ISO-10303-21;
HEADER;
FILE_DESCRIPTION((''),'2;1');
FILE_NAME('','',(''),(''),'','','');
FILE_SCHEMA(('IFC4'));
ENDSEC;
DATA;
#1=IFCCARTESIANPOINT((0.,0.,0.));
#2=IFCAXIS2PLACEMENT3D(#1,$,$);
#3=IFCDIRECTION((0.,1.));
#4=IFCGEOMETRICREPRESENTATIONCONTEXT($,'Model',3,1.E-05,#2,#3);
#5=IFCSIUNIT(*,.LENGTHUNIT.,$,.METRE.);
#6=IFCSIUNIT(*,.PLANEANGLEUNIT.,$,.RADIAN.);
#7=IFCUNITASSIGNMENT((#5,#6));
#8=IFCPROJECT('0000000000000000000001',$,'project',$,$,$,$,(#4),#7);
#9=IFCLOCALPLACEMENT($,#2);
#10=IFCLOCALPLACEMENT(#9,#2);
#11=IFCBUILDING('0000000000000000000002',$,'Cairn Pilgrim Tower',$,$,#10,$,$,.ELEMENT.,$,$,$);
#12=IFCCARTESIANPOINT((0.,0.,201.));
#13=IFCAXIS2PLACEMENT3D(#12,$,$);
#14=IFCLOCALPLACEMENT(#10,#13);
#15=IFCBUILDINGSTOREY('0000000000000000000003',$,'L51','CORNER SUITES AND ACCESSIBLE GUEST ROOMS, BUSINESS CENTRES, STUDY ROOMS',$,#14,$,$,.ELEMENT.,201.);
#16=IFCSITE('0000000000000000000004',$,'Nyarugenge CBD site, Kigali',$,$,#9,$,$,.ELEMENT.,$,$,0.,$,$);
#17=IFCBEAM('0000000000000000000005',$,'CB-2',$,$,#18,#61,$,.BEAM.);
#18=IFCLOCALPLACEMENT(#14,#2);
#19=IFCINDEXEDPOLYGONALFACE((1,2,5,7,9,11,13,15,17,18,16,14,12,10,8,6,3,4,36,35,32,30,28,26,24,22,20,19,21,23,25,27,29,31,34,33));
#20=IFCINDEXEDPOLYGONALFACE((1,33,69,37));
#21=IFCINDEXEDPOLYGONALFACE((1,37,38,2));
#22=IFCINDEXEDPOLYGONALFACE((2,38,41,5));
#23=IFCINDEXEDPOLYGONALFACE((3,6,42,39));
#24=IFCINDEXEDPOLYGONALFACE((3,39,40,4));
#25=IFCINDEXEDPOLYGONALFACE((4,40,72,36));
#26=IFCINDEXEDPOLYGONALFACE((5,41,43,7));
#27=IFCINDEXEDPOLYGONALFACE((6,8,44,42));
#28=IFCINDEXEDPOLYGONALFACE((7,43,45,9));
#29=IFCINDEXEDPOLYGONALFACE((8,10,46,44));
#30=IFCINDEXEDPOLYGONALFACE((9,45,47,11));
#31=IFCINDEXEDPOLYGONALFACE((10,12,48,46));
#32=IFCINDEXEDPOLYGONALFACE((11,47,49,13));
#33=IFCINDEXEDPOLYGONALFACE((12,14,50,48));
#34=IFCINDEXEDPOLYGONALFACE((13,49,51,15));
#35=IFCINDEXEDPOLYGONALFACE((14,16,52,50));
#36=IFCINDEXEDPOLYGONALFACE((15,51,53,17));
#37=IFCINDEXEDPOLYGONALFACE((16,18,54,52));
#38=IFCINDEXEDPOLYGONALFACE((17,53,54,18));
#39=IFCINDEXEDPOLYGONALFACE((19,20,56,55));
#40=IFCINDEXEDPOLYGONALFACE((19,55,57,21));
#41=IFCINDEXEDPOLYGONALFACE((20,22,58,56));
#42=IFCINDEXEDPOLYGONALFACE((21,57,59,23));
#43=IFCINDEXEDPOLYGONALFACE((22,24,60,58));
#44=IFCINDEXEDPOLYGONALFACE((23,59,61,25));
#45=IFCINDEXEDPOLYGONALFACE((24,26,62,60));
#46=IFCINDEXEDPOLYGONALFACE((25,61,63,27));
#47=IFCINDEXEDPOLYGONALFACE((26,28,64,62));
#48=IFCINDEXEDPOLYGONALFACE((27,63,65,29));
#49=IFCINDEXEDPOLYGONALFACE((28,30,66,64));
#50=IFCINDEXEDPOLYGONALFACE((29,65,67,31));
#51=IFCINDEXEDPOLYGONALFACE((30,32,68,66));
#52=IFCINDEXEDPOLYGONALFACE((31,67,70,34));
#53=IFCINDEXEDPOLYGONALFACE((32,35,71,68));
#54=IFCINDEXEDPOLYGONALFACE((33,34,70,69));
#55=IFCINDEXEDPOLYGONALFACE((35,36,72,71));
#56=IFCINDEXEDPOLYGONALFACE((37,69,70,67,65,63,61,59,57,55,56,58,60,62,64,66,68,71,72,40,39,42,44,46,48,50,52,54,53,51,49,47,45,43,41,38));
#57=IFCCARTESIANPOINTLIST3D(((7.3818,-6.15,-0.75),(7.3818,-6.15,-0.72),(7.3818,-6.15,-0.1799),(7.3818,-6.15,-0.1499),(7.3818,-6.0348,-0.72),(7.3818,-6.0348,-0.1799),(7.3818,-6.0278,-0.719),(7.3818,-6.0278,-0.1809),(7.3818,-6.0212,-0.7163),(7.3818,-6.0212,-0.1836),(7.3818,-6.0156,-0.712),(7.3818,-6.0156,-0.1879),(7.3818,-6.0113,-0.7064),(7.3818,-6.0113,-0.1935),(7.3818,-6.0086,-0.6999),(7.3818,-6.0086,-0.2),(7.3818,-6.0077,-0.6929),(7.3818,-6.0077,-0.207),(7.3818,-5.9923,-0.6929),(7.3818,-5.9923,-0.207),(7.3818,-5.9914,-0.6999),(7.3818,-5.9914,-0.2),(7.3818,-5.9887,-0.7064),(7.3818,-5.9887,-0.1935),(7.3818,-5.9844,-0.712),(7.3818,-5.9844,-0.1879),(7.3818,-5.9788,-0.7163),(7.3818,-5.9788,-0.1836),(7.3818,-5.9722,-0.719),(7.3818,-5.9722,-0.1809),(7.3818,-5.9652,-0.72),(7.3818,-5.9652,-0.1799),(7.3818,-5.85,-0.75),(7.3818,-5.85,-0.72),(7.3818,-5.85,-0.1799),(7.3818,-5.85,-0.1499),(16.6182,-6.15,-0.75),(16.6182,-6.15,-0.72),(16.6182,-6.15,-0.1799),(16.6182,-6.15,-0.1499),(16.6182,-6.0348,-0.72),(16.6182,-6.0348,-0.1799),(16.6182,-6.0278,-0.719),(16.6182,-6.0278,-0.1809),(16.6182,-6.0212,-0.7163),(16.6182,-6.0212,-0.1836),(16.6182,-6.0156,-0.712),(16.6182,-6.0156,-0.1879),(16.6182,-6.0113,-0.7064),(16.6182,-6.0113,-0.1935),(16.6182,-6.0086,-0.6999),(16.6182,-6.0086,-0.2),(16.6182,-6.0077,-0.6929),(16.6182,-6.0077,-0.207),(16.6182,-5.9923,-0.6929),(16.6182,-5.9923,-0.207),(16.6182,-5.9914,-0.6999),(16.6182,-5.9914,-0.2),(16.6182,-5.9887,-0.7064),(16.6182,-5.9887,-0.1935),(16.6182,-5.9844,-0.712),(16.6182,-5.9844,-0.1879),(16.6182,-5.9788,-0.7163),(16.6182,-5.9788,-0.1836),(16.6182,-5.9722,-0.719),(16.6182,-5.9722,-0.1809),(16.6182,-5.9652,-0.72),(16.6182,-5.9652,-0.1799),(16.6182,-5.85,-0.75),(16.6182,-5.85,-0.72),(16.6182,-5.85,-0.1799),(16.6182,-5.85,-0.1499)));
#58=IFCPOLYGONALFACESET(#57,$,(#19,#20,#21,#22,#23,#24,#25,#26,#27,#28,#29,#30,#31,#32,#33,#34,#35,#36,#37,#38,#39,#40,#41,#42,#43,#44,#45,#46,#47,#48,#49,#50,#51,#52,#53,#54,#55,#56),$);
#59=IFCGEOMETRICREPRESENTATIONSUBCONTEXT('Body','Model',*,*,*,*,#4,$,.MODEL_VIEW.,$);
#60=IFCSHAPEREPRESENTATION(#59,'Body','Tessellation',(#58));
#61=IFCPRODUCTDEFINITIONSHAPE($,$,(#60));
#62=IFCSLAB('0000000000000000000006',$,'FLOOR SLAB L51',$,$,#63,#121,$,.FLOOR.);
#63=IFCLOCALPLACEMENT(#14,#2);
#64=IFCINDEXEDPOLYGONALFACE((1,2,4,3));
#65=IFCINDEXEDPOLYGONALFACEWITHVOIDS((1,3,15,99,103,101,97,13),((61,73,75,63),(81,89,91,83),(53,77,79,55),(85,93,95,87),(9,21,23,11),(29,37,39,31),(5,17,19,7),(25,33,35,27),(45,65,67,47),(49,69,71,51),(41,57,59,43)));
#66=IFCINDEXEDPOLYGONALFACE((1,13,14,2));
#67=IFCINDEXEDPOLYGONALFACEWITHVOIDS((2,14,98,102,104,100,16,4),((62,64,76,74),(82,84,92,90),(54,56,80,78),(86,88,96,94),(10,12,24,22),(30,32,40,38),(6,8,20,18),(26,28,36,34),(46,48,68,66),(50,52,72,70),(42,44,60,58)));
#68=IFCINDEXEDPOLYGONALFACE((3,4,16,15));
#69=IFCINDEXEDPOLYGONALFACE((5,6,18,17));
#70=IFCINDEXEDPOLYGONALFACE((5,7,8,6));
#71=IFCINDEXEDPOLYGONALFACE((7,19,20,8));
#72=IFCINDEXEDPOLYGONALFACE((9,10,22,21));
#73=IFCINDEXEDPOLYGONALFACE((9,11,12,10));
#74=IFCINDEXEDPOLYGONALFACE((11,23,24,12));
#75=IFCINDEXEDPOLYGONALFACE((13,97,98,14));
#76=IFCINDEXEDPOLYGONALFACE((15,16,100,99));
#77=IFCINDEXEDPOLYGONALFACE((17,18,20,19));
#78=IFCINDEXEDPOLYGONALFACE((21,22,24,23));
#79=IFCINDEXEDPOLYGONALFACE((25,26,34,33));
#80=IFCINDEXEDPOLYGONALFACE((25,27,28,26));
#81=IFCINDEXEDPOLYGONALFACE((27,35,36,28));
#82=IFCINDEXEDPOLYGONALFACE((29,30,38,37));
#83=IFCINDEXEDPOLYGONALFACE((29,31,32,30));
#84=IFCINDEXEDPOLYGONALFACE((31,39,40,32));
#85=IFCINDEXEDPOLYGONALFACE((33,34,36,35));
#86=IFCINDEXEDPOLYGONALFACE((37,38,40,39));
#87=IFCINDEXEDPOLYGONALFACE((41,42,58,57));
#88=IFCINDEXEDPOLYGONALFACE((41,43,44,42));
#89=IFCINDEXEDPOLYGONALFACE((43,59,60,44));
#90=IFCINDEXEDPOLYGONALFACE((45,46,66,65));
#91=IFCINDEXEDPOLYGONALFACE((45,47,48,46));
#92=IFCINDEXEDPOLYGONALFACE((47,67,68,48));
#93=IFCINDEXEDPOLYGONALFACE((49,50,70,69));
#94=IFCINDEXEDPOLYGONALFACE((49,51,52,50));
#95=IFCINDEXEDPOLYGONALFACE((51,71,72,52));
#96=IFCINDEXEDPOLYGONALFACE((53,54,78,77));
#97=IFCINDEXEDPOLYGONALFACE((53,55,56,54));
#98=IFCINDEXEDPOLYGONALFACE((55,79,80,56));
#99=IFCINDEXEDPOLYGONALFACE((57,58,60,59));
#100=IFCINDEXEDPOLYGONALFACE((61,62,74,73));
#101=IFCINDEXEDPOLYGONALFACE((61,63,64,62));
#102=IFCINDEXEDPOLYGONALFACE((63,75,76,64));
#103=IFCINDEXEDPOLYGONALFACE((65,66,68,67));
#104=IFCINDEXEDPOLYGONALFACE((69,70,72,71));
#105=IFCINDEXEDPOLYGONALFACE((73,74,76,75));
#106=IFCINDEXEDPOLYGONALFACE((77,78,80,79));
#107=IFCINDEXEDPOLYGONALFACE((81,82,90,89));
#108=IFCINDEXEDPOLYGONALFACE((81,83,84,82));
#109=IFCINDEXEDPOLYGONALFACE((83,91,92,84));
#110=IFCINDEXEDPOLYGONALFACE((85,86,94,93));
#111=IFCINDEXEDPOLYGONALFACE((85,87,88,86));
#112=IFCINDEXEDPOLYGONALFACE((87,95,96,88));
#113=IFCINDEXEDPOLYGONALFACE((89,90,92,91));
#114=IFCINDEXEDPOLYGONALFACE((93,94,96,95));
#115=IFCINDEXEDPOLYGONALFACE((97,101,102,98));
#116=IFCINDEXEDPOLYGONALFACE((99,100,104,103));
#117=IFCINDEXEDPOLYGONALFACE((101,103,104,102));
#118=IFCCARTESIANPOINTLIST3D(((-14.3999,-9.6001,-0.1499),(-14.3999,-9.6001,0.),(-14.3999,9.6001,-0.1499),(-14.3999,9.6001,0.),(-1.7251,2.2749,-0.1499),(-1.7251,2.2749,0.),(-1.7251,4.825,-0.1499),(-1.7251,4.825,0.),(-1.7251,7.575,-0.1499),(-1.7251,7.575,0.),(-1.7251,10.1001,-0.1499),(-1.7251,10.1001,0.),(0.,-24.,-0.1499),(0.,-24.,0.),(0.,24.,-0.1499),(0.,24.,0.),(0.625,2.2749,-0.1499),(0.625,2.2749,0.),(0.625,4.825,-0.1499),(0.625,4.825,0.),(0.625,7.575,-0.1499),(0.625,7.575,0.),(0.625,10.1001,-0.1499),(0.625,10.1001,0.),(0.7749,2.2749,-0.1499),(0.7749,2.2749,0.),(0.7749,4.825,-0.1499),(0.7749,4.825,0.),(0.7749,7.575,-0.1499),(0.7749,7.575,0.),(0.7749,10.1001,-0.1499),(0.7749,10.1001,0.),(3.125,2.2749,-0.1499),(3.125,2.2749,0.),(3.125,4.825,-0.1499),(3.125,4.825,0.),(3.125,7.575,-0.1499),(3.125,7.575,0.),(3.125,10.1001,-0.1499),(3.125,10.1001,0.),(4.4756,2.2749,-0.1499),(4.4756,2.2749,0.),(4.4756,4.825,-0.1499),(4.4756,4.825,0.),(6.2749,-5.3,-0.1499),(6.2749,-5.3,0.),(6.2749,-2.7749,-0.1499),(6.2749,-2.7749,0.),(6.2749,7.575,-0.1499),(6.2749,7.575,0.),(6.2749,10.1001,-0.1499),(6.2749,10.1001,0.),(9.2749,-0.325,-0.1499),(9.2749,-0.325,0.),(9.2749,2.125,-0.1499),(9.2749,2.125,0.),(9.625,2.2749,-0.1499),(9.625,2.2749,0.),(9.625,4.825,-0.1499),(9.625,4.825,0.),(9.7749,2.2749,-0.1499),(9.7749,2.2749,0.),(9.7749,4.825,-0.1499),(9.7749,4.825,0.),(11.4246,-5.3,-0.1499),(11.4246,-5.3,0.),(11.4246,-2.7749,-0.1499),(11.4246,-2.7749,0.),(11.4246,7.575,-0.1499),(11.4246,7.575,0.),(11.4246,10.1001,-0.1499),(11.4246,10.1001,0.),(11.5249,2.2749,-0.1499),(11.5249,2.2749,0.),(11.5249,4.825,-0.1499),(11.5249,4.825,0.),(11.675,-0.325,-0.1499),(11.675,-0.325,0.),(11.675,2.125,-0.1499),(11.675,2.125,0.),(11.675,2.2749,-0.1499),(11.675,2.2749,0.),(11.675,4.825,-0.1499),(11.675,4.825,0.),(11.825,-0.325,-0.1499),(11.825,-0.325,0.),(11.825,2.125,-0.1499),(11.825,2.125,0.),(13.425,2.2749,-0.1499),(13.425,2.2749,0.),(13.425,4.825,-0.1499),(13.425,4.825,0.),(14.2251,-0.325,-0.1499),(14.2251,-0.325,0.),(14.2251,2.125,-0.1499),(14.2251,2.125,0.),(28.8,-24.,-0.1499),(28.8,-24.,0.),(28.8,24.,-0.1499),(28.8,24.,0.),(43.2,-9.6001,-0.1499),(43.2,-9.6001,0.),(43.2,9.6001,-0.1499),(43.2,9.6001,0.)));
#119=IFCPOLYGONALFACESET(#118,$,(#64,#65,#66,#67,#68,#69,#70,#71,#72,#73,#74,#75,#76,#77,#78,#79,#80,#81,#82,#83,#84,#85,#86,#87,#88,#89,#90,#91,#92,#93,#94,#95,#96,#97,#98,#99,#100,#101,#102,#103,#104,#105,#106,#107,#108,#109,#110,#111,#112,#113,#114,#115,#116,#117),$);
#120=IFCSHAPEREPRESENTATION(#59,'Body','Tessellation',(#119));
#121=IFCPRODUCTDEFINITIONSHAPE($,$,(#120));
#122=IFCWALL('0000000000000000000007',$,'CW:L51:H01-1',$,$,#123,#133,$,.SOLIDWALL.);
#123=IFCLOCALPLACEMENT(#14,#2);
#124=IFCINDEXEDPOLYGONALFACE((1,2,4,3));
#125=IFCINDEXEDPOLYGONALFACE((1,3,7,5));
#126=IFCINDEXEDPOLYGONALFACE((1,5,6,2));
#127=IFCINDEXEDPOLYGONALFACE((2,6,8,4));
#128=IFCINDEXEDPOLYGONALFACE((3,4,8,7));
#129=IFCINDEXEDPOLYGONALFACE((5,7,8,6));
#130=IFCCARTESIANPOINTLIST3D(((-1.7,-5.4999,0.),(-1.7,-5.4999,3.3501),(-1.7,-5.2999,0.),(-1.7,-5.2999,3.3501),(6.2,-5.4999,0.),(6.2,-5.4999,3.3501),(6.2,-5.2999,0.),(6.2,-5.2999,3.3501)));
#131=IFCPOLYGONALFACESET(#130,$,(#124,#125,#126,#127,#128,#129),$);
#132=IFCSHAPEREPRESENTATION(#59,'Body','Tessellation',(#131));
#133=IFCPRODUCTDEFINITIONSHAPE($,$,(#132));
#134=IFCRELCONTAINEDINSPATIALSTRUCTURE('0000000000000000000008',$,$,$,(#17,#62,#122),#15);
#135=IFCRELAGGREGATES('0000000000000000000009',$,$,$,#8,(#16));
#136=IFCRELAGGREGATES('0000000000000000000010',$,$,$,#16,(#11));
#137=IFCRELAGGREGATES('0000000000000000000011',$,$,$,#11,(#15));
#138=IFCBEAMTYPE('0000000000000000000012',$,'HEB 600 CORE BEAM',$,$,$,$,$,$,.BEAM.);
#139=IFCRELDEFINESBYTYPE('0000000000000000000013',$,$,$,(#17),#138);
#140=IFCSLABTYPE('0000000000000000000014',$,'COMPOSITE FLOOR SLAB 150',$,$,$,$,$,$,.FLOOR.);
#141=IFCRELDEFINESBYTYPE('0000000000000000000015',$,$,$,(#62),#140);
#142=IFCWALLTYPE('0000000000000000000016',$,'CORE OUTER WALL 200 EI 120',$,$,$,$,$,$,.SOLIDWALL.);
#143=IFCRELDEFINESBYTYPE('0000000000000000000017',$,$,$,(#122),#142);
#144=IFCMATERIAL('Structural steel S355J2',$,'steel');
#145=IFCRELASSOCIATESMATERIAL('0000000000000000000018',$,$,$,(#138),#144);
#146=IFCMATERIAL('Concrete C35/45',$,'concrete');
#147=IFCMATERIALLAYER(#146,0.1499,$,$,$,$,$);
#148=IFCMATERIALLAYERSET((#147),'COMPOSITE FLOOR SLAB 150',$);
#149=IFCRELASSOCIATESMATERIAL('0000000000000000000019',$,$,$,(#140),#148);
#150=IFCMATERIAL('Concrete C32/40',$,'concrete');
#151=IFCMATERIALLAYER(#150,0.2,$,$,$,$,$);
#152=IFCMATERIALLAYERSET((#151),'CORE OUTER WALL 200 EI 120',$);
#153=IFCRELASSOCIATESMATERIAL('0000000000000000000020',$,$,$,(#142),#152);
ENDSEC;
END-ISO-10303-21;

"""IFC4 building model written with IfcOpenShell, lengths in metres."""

from ifc_helpers import new_model, si_unit, direction, frame, frame_2d, origin, origin_2d, place, context, subcontext, project, spatial, polyline, rectangle, i_section, outline, extrude, material, layer, layer_set, material_profile, profile_set, type_object, element, save


model = new_model("IFC4")

# Units and contexts
model_context = context("Model", 3, precision=1e-05, world=origin(), true_north=direction((0.0, 1.0)))
body_context = subcontext(model_context, "Body", "Model", "MODEL_VIEW")
ifc_project = project(units=[si_unit("LENGTHUNIT", "METRE"), si_unit("PLANEANGLEUNIT", "RADIAN")], contexts=[model_context])

# Site, building, storey
site_placement = place(None, origin())
site = spatial("IfcSite", under=ifc_project, at=site_placement, Name="Nyarugenge CBD site, Kigali", CompositionType="ELEMENT", RefElevation=0.0)
building_placement = place(site_placement, origin())
building = spatial("IfcBuilding", under=site, at=building_placement, Name="Cairn Pilgrim Tower", CompositionType="ELEMENT")
storey_placement = place(building_placement, frame((0.0, 0.0, 201.0)))
storey = spatial("IfcBuildingStorey", under=building, at=storey_placement, Name="L51", Description="CORNER SUITES AND ACCESSIBLE GUEST ROOMS, BUSINESS CENTRES, STUDY ROOMS", CompositionType="ELEMENT", Elevation=201.0)

# Beam
ifc_material_1 = material(Name="Structural steel S355J2", Category="steel")
ifc_material_profile = material_profile(ifc_material_1, i_section(OverallWidth=0.3, OverallDepth=0.6001, WebThickness=0.0154, FlangeThickness=0.03, FilletRadius=0.0271, at=origin_2d()), Name="HEB 600")
ifc_profile_set = profile_set([ifc_material_profile], Name="Structural steel S355J2")
beam_type = type_object("IfcBeamType", Name="HEB 600 CORE BEAM", PredefinedType="BEAM", material=ifc_profile_set)
beam_placement = place(storey_placement, frame((7.3818, -6.0, -0.45), z_axis=(1.0, 0.0, 0.0), x_axis=(0.0, 1.0, 0.0)))
element("IfcBeam", 1, at=beam_placement, inside=storey, type_object=beam_type, Name="CB-2", PredefinedType="BEAM", context=body_context, shape_type="SweptSolid", body=[
    extrude(i_section(OverallWidth=0.3, OverallDepth=0.6001, WebThickness=0.0154, FlangeThickness=0.03, FilletRadius=0.0271, at=origin_2d()), origin(), (0.0, 0.0, 1.0), 9.2363),
])

# Slab
ifc_material_2 = material(Name="Concrete C35/45", Category="concrete")
ifc_layer_1 = layer(ifc_material_2, 0.1499)
ifc_layer_set_1 = layer_set([ifc_layer_1], Name="COMPOSITE FLOOR SLAB 150")
slab_type_1 = type_object("IfcSlabType", Name="COMPOSITE FLOOR SLAB 150", PredefinedType="FLOOR", material=ifc_layer_set_1)
slab_1_placement = place(storey_placement, frame((0.0, 0.0, -0.1499)))
element("IfcSlab", 2, at=slab_1_placement, inside=storey, type_object=slab_type_1, Name="FLOOR SLAB L51", PredefinedType="FLOOR", context=body_context, shape_type="SweptSolid", body=[
    extrude(outline(polyline([(0.0, -24.0), (28.8, -24.0), (43.2, -9.6001), (43.2, 9.6001), (28.8, 24.0), (0.0, 24.0), (-14.3999, 9.6001), (-14.3999, -9.6001), (0.0, -24.0)]), holes=[polyline([(9.2749, -0.325), (11.675, -0.325), (11.675, 2.125), (9.2749, 2.125), (9.2749, -0.325)]), polyline([(11.825, -0.325), (14.2251, -0.325), (14.2251, 2.125), (11.825, 2.125), (11.825, -0.325)]), polyline([(-1.7251, 2.2749), (0.625, 2.2749), (0.625, 4.825), (-1.7251, 4.825), (-1.7251, 2.2749)]), polyline([(0.7749, 2.2749), (3.125, 2.2749), (3.125, 4.825), (0.7749, 4.825), (0.7749, 2.2749)]), polyline([(-1.7251, 7.575), (0.625, 7.575), (0.625, 10.1001), (-1.7251, 10.1001), (-1.7251, 7.575)]), polyline([(0.7749, 7.575), (3.125, 7.575), (3.125, 10.1001), (0.7749, 10.1001), (0.7749, 7.575)]), polyline([(9.7749, 2.2749), (11.5249, 2.2749), (11.5249, 4.825), (9.7749, 4.825), (9.7749, 2.2749)]), polyline([(11.675, 2.2749), (13.425, 2.2749), (13.425, 4.825), (11.675, 4.825), (11.675, 2.2749)]), polyline([(11.4246, -2.7749), (6.2749, -2.7749), (6.2749, -5.3), (11.4246, -5.3), (11.4246, -2.7749)]), polyline([(4.4756, 2.2749), (9.625, 2.2749), (9.625, 4.825), (4.4756, 4.825), (4.4756, 2.2749)]), polyline([(11.4246, 10.1001), (6.2749, 10.1001), (6.2749, 7.575), (11.4246, 7.575), (11.4246, 10.1001)])]), origin(), (0.0, 0.0, 1.0), 0.1499),
])

# Wall
ifc_material_3 = material(Name="Concrete C32/40", Category="concrete")
ifc_layer_2 = layer(ifc_material_3, 0.2)
ifc_layer_set_2 = layer_set([ifc_layer_2], Name="CORE OUTER WALL 200 EI 120")
wall_type_1 = type_object("IfcWallType", Name="CORE OUTER WALL 200 EI 120", PredefinedType="SOLIDWALL", material=ifc_layer_set_2)
wall_1_placement = place(storey_placement, frame((-1.7, -5.3999, 0.0), z_axis=(0.0, 0.0, 1.0), x_axis=(1.0, 0.0, 0.0)))
element("IfcWall", 3, at=wall_1_placement, inside=storey, type_object=wall_type_1, Name="CW:L51:H01-1", PredefinedType="SOLIDWALL", context=body_context, shape_type="SweptSolid", body=[
    extrude(rectangle(XDim=7.8999, YDim=0.2, at=frame_2d((3.95, 0.0))), origin(), (0.0, 0.0, 1.0), 3.3501),
])

save(model, "model.ifc")
